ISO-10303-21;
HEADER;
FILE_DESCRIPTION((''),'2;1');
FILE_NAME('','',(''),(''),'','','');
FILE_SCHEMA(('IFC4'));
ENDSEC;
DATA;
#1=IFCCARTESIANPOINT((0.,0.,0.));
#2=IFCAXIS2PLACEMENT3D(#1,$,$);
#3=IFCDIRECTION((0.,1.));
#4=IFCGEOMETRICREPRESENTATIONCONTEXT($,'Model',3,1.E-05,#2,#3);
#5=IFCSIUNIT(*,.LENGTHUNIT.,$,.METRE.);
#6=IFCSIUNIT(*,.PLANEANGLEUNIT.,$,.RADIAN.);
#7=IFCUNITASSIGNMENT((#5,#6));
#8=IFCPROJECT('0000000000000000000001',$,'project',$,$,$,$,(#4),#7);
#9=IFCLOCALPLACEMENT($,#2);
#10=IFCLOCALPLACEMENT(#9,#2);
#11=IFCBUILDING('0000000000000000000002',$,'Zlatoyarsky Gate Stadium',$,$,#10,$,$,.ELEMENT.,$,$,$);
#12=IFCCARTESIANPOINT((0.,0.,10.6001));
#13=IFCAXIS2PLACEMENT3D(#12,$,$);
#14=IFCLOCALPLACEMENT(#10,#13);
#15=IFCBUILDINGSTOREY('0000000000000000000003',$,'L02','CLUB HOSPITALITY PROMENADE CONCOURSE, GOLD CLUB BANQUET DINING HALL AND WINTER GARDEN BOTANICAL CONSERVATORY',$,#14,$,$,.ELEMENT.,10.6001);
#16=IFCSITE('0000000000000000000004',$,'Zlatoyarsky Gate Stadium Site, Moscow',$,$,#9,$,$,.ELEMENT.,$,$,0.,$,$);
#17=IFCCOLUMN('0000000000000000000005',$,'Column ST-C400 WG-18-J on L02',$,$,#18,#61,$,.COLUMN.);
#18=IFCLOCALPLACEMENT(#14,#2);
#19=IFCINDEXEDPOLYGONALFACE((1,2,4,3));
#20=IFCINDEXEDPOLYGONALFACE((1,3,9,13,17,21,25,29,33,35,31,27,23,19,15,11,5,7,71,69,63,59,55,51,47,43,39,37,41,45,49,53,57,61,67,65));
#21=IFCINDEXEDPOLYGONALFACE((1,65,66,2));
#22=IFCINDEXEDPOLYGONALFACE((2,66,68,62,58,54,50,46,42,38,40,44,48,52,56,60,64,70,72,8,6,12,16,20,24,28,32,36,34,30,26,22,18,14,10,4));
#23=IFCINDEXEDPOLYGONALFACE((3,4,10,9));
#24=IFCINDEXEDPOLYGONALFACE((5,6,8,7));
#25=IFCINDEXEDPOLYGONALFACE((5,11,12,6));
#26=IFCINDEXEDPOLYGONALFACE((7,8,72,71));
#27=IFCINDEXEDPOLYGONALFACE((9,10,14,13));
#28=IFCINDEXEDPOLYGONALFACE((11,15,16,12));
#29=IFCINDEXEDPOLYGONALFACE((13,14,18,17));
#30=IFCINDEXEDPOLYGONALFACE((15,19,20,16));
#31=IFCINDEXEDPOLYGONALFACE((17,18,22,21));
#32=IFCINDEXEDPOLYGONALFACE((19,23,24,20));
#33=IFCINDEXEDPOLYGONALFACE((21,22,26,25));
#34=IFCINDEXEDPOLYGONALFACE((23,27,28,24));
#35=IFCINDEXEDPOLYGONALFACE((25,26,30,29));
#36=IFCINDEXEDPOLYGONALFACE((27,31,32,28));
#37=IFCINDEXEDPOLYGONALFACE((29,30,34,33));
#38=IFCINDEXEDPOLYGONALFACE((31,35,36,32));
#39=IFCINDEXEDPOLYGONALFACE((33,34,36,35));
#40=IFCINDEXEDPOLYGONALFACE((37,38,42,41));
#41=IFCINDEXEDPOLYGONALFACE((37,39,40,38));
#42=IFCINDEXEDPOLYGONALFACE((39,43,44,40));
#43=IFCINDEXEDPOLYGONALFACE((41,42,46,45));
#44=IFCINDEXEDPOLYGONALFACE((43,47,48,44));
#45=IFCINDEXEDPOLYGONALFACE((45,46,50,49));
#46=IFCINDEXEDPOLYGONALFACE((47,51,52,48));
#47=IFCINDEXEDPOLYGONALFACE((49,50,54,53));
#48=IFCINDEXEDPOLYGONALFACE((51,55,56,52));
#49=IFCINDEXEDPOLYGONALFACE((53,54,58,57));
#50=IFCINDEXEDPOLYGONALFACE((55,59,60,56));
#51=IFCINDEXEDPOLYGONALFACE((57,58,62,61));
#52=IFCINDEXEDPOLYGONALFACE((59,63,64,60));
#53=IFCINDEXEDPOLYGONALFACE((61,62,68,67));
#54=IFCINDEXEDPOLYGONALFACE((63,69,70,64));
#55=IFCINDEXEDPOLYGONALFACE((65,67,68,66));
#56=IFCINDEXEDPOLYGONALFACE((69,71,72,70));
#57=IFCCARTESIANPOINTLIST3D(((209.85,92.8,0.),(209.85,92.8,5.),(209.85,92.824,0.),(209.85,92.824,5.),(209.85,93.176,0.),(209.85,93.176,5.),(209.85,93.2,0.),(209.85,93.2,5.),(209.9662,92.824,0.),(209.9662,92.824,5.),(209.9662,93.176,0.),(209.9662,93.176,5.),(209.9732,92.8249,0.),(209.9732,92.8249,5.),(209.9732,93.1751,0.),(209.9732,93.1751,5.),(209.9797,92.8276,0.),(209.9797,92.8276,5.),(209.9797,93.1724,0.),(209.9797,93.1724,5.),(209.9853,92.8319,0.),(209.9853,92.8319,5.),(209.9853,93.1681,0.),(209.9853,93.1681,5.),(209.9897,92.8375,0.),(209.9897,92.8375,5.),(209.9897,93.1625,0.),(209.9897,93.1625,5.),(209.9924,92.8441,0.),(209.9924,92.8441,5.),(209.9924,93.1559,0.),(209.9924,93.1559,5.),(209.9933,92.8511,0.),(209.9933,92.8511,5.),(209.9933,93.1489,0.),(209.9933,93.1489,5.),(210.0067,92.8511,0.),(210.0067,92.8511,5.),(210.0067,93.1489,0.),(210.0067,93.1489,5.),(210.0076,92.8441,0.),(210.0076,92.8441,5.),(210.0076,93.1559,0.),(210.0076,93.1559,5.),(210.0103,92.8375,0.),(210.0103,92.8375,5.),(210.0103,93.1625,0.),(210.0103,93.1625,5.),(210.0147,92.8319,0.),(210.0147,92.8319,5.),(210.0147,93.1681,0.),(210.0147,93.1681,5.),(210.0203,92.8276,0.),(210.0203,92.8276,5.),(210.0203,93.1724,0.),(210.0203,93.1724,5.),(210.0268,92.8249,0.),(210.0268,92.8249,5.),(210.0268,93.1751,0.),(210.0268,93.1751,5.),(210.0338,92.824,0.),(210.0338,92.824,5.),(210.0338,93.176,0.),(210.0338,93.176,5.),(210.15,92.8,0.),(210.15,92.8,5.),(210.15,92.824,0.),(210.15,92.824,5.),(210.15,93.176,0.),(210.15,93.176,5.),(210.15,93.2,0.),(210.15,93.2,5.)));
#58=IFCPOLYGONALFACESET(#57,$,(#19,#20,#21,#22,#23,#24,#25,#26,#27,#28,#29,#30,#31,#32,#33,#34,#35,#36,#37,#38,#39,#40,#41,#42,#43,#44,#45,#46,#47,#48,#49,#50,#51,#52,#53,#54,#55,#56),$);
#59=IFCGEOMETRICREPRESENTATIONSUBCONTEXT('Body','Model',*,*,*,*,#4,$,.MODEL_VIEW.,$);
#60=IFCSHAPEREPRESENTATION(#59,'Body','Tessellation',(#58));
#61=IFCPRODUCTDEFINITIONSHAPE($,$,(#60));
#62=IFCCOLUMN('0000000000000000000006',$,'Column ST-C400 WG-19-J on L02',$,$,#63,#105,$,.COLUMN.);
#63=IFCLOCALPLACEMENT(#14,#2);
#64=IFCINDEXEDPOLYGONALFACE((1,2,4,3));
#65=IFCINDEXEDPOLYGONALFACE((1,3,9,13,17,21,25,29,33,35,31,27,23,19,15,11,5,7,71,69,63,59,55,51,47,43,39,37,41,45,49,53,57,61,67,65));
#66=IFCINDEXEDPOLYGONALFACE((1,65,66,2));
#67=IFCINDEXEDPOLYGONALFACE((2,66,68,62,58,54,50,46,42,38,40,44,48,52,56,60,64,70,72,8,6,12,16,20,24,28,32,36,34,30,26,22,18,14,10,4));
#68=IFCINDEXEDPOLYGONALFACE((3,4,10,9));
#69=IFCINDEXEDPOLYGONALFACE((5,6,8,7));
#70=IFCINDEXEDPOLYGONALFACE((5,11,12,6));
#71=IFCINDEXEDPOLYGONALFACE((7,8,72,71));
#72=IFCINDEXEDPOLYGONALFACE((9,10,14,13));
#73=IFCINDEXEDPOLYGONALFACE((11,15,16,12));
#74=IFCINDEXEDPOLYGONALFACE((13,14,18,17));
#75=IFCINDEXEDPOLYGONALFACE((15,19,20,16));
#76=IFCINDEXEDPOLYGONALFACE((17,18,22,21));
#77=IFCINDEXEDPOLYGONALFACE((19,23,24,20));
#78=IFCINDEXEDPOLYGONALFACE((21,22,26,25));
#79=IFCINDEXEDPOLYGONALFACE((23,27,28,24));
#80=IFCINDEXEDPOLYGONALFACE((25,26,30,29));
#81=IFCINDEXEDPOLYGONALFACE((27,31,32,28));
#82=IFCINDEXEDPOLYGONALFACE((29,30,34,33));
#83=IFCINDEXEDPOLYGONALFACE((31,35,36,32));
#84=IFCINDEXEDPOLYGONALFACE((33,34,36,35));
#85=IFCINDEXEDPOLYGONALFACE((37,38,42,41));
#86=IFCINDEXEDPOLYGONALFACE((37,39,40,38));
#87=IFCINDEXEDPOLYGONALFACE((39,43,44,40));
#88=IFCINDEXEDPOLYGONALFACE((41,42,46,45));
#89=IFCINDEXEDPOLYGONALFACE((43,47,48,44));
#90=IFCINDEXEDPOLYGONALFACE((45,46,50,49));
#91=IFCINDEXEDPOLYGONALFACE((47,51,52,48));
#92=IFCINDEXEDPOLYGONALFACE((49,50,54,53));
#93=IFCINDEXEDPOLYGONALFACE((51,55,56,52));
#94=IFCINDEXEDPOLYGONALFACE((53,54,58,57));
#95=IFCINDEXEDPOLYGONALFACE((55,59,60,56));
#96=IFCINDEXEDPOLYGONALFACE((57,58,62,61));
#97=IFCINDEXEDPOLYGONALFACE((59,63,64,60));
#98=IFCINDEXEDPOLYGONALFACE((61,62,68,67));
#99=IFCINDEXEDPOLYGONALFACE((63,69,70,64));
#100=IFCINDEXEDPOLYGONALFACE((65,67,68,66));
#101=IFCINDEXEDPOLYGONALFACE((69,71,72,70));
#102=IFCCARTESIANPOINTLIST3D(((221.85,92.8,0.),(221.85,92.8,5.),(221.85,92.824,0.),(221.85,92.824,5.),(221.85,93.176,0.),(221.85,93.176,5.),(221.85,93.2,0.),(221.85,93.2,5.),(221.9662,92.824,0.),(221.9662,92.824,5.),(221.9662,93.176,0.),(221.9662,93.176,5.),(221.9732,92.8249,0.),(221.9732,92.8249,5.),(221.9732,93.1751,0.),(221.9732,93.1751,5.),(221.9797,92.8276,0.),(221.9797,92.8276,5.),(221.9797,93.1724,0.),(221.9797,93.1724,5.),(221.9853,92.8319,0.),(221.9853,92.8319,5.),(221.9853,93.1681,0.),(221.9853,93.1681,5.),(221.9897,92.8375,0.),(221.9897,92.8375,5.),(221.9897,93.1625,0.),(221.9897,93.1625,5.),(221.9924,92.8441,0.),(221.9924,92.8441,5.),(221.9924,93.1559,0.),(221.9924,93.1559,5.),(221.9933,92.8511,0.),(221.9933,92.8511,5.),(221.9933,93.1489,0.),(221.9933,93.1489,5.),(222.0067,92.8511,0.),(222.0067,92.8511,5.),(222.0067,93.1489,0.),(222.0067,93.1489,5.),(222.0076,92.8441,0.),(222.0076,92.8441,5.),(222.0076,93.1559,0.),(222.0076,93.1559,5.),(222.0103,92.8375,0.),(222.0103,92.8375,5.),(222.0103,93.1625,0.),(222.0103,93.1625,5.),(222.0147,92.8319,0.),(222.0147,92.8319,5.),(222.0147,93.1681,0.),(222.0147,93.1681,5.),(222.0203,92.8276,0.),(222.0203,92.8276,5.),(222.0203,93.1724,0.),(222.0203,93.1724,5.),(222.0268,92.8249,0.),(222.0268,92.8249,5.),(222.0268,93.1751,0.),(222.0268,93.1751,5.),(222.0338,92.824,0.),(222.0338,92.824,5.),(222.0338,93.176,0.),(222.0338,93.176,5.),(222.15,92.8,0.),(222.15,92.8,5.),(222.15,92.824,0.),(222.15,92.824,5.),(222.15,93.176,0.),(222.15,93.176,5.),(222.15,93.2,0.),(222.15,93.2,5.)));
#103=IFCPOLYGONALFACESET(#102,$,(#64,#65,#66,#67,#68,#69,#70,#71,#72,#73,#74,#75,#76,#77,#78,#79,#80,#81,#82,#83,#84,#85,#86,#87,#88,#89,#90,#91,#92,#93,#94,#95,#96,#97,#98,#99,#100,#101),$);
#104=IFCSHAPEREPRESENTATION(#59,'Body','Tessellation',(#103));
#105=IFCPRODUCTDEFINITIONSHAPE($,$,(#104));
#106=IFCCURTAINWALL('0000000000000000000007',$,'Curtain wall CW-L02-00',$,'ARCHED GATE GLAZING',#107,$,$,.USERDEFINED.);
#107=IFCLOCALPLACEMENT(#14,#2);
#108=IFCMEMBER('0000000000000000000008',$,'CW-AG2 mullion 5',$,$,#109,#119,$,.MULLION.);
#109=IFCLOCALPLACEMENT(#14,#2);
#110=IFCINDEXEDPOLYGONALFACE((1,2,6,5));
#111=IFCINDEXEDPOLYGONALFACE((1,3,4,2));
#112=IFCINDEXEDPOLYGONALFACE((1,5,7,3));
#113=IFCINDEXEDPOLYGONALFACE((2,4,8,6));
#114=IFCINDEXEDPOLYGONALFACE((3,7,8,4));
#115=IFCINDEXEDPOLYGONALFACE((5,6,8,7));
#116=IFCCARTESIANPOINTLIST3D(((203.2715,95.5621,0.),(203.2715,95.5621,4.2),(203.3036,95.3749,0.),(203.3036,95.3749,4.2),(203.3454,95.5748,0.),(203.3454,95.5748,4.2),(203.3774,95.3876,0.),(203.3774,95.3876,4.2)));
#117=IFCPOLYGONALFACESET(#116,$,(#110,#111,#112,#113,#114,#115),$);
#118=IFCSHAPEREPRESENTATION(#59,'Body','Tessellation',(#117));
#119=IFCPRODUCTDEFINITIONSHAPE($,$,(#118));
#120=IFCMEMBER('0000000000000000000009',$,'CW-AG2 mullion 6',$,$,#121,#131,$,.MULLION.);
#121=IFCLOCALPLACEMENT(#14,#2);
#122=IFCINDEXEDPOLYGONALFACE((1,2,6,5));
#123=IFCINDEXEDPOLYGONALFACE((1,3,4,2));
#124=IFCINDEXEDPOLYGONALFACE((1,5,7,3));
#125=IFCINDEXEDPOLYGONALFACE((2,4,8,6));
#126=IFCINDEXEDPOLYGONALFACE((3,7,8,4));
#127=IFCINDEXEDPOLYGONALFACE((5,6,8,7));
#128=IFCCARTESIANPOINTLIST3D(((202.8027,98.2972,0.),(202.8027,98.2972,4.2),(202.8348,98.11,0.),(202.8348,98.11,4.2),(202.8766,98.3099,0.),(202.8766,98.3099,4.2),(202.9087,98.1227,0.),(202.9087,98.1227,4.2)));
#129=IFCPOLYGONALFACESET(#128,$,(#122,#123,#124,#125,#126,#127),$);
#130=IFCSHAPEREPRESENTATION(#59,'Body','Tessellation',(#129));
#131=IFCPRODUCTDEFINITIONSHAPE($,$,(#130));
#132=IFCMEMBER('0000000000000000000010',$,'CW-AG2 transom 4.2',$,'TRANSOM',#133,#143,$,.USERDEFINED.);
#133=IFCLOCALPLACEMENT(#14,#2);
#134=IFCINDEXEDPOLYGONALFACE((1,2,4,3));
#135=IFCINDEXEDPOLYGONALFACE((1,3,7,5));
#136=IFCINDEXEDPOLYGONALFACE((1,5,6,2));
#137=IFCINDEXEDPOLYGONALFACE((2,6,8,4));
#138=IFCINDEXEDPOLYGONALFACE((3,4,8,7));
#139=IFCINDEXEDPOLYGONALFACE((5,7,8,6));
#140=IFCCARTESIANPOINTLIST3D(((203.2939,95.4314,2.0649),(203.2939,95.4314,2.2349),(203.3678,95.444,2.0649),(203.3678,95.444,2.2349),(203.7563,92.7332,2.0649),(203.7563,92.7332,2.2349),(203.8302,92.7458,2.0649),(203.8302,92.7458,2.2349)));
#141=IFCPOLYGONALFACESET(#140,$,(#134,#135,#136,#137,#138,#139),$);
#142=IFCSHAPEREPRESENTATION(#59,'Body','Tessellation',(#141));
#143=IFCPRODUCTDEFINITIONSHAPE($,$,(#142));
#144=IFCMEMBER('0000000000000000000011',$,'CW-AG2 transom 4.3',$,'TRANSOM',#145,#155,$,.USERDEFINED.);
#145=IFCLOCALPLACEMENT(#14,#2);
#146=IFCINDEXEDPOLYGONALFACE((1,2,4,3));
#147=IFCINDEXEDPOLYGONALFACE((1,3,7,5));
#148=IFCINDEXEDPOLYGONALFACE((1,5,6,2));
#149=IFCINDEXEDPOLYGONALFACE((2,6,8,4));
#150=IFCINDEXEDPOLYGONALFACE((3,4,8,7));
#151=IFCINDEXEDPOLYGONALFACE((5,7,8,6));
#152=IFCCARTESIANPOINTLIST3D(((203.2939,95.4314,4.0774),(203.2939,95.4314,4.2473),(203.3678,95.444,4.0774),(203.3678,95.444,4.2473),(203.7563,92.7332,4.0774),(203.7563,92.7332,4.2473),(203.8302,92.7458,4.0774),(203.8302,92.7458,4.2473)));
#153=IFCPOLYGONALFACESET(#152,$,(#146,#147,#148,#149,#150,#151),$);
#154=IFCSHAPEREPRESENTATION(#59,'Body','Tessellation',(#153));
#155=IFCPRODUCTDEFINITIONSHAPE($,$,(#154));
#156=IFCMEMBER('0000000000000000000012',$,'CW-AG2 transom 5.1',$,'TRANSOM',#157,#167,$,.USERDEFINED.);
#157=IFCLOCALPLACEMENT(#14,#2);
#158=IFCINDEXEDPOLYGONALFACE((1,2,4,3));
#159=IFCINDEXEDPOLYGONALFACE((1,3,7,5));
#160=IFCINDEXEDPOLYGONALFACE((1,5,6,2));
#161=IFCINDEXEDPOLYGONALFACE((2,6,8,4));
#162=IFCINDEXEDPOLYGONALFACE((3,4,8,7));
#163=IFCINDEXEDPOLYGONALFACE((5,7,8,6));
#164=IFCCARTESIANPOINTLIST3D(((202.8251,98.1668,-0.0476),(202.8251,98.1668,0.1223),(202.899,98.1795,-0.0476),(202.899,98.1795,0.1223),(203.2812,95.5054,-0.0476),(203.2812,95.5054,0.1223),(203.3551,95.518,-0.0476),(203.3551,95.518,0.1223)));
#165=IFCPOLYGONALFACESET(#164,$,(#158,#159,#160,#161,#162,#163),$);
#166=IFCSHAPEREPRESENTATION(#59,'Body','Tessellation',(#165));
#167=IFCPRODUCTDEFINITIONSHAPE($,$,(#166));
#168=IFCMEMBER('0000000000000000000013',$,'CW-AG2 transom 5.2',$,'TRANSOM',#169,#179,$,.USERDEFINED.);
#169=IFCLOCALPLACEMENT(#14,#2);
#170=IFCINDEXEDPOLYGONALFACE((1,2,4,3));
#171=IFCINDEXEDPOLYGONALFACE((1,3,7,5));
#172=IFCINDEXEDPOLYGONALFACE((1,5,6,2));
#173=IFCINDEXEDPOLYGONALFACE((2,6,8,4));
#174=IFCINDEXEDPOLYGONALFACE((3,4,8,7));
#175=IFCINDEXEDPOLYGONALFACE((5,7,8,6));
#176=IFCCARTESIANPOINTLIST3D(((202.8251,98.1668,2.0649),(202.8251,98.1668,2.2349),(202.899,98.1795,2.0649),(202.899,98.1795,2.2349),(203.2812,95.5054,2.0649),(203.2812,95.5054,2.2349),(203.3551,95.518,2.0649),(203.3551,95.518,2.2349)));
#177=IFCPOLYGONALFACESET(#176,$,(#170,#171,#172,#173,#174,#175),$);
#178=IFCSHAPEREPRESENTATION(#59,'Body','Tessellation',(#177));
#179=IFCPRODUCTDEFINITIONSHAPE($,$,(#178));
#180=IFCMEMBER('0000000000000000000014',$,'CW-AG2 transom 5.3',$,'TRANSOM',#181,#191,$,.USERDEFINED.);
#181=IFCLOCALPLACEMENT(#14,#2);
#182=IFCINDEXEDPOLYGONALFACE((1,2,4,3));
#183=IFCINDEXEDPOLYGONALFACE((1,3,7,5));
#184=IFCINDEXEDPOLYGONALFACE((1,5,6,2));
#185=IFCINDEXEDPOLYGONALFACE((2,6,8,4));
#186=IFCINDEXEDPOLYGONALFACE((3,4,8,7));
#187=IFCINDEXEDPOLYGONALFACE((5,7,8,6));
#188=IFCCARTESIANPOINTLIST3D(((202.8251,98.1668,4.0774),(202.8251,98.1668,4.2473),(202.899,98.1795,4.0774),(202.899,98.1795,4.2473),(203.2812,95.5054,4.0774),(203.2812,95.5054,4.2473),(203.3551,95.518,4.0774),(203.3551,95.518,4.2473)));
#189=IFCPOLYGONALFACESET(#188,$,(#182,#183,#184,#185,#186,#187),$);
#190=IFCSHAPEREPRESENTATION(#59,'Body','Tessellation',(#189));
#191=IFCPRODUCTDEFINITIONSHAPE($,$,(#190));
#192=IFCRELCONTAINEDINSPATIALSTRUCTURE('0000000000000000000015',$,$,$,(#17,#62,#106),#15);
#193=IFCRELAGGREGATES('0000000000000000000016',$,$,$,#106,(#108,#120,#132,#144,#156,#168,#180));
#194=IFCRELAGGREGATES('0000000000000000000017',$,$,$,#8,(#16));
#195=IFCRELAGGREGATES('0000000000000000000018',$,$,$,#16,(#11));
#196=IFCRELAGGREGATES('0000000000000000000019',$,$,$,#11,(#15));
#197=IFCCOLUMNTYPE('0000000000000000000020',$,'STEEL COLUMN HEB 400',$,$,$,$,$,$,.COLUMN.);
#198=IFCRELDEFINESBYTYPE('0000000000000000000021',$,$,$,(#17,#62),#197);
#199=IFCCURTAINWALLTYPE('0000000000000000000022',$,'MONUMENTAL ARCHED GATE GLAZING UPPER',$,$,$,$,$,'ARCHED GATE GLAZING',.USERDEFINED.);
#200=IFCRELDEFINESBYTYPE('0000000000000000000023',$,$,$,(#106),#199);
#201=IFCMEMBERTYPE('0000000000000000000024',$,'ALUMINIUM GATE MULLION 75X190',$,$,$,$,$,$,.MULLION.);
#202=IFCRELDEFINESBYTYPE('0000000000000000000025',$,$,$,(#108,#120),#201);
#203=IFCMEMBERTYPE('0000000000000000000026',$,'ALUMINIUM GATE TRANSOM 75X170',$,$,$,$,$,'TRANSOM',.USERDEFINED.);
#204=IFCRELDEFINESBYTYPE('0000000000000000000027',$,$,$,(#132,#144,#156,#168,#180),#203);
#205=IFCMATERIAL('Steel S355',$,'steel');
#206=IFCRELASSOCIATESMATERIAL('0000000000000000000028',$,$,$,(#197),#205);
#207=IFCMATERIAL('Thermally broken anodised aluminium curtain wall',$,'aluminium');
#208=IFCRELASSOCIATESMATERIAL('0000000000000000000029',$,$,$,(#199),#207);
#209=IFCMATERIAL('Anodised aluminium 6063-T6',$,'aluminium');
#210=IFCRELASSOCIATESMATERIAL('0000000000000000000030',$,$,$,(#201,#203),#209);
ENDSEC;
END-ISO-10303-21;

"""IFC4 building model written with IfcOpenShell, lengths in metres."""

from ifc_helpers import new_model, si_unit, direction, frame, origin, origin_2d, place, context, subcontext, project, spatial, rectangle, i_section, extrude, material, material_profile, profile_set, type_object, element, aggregate, save


model = new_model("IFC4")

# Units and contexts
model_context = context("Model", 3, precision=1e-05, world=origin(), true_north=direction((0.0, 1.0)))
body_context = subcontext(model_context, "Body", "Model", "MODEL_VIEW")
ifc_project = project(units=[si_unit("LENGTHUNIT", "METRE"), si_unit("PLANEANGLEUNIT", "RADIAN")], contexts=[model_context])

# Site, building, storey
site_placement = place(None, origin())
site = spatial("IfcSite", under=ifc_project, at=site_placement, Name="Zlatoyarsky Gate Stadium Site, Moscow", CompositionType="ELEMENT", RefElevation=0.0)
building_placement = place(site_placement, origin())
building = spatial("IfcBuilding", under=site, at=building_placement, Name="Zlatoyarsky Gate Stadium", CompositionType="ELEMENT")
storey_placement = place(building_placement, frame((0.0, 0.0, 10.6001)))
storey = spatial("IfcBuildingStorey", under=building, at=storey_placement, Name="L02", Description="CLUB HOSPITALITY PROMENADE CONCOURSE, GOLD CLUB BANQUET DINING HALL AND WINTER GARDEN BOTANICAL CONSERVATORY", CompositionType="ELEMENT", Elevation=10.6001)

# Columns
ifc_material_1 = material(Name="Steel S355", Category="steel")
ifc_material_profile_1 = material_profile(ifc_material_1, i_section(OverallWidth=0.3, OverallDepth=0.3999, WebThickness=0.0134, FlangeThickness=0.0239, FilletRadius=0.0271, at=origin_2d()), Name="HEB 400")
ifc_profile_set_1 = profile_set([ifc_material_profile_1], Name="Steel S355")
column_type = type_object("IfcColumnType", Name="STEEL COLUMN HEB 400", PredefinedType="COLUMN", material=ifc_profile_set_1)
for number, where, z_axis, x_axis, name in (
    (1, (210.0, 93.0, 0.0), (0.0, 0.0, 1.0), (1.0, 0.0, 0.0), "Column ST-C400 WG-18-J on L02"),
    (2, (222.0, 93.0, 0.0), (0.0, 0.0, 1.0), (1.0, 0.0, 0.0), "Column ST-C400 WG-19-J on L02"),
):
    element("IfcColumn", number, at=place(storey_placement, frame(where, z_axis=z_axis, x_axis=x_axis)), inside=storey, type_object=column_type, Name=name, PredefinedType="COLUMN", context=body_context, shape_type="SweptSolid", body=[
        extrude(i_section(OverallWidth=0.3, OverallDepth=0.3999, WebThickness=0.0134, FlangeThickness=0.0239, FilletRadius=0.0271, at=origin_2d()), origin(), (0.0, 0.0, 1.0), 5.0),
    ])

# Curtain wall, members
ifc_material_2 = material(Name="Thermally broken anodised aluminium curtain wall", Category="aluminium")
curtain_wall_type_1 = type_object("IfcCurtainWallType", Name="MONUMENTAL ARCHED GATE GLAZING UPPER", ElementType="ARCHED GATE GLAZING", PredefinedType="USERDEFINED", material=ifc_material_2)
curtain_wall_1_placement = place(storey_placement, origin())
curtain_wall_1 = element("IfcCurtainWall", 3, at=curtain_wall_1_placement, inside=storey, type_object=curtain_wall_type_1, Name="Curtain wall CW-L02-00", ObjectType="ARCHED GATE GLAZING", PredefinedType="USERDEFINED")
ifc_material_3 = material(Name="Anodised aluminium 6063-T6", Category="aluminium")
ifc_material_profile_2 = material_profile(ifc_material_3, rectangle(XDim=0.075, YDim=0.1899, at=origin_2d()), Name="ALU 75X190")
ifc_profile_set_2 = profile_set([ifc_material_profile_2], Name="Anodised aluminium 6063-T6")
member_type_1 = type_object("IfcMemberType", Name="ALUMINIUM GATE MULLION 75X190", PredefinedType="MULLION", material=ifc_profile_set_2)
member_1_placement = place(storey_placement, frame((203.3245, 95.4749, 0.0), z_axis=(0.0, 0.0, 1.0), x_axis=(-0.985637, -0.168878, 0.0)))
member_1 = element("IfcMember", 4, at=member_1_placement, type_object=member_type_1, Name="CW-AG2 mullion 5", PredefinedType="MULLION", context=body_context, shape_type="SweptSolid", body=[
    extrude(rectangle(XDim=0.075, YDim=0.1899, at=origin_2d()), origin(), (0.0, 0.0, 1.0), 4.2),
])
member_2_placement = place(storey_placement, frame((202.8557, 98.21, 0.0), z_axis=(0.0, 0.0, 1.0), x_axis=(-0.985637, -0.168878, 0.0)))
member_2 = element("IfcMember", 5, at=member_2_placement, type_object=member_type_1, Name="CW-AG2 mullion 6", PredefinedType="MULLION", context=body_context, shape_type="SweptSolid", body=[
    extrude(rectangle(XDim=0.075, YDim=0.1899, at=origin_2d()), origin(), (0.0, 0.0, 1.0), 4.2),
])
ifc_material_profile_3 = material_profile(ifc_material_3, rectangle(XDim=0.075, YDim=0.1699, at=origin_2d()), Name="ALU 75X170")
ifc_profile_set_3 = profile_set([ifc_material_profile_3], Name="Anodised aluminium 6063-T6")
member_type_2 = type_object("IfcMemberType", Name="ALUMINIUM GATE TRANSOM 75X170", ElementType="TRANSOM", PredefinedType="USERDEFINED", material=ifc_profile_set_3)
member_3_placement = place(storey_placement, frame((203.7932, 92.7395, 2.1499), z_axis=(-0.168909, 0.985632, 0.0), x_axis=(-0.985632, -0.168909, 0.0)))
member_3 = element("IfcMember", 6, at=member_3_placement, type_object=member_type_2, Name="CW-AG2 transom 4.2", ObjectType="TRANSOM", PredefinedType="USERDEFINED", context=body_context, shape_type="SweptSolid", body=[
    extrude(rectangle(XDim=0.075, YDim=0.1699, at=origin_2d()), origin(), (0.0, 0.0, 1.0), 2.7375),
])
member_4_placement = place(storey_placement, frame((203.7932, 92.7395, 4.1624), z_axis=(-0.168909, 0.985632, 0.0), x_axis=(-0.985632, -0.168909, 0.0)))
member_4 = element("IfcMember", 7, at=member_4_placement, type_object=member_type_2, Name="CW-AG2 transom 4.3", ObjectType="TRANSOM", PredefinedType="USERDEFINED", context=body_context, shape_type="SweptSolid", body=[
    extrude(rectangle(XDim=0.075, YDim=0.1699, at=origin_2d()), origin(), (0.0, 0.0, 1.0), 2.7375),
])
member_5_placement = place(storey_placement, frame((203.3181, 95.5117, 0.0374), z_axis=(-0.168899, 0.985633, 0.0), x_axis=(-0.985633, -0.168899, 0.0)))
member_5 = element("IfcMember", 8, at=member_5_placement, type_object=member_type_2, Name="CW-AG2 transom 5.1", ObjectType="TRANSOM", PredefinedType="USERDEFINED", context=body_context, shape_type="SweptSolid", body=[
    extrude(rectangle(XDim=0.075, YDim=0.1699, at=origin_2d()), origin(), (0.0, 0.0, 1.0), 2.7002),
])
member_6_placement = place(storey_placement, frame((203.3181, 95.5117, 2.1499), z_axis=(-0.168899, 0.985633, 0.0), x_axis=(-0.985633, -0.168899, 0.0)))
member_6 = element("IfcMember", 9, at=member_6_placement, type_object=member_type_2, Name="CW-AG2 transom 5.2", ObjectType="TRANSOM", PredefinedType="USERDEFINED", context=body_context, shape_type="SweptSolid", body=[
    extrude(rectangle(XDim=0.075, YDim=0.1699, at=origin_2d()), origin(), (0.0, 0.0, 1.0), 2.7002),
])
member_7_placement = place(storey_placement, frame((203.3181, 95.5117, 4.1624), z_axis=(-0.168899, 0.985633, 0.0), x_axis=(-0.985633, -0.168899, 0.0)))
member_7 = element("IfcMember", 10, at=member_7_placement, type_object=member_type_2, Name="CW-AG2 transom 5.3", ObjectType="TRANSOM", PredefinedType="USERDEFINED", context=body_context, shape_type="SweptSolid", body=[
    extrude(rectangle(XDim=0.075, YDim=0.1699, at=origin_2d()), origin(), (0.0, 0.0, 1.0), 2.7002),
])

aggregate(curtain_wall_1, [member_1, member_2, member_3, member_4, member_5, member_6, member_7])

save(model, "model.ifc")
